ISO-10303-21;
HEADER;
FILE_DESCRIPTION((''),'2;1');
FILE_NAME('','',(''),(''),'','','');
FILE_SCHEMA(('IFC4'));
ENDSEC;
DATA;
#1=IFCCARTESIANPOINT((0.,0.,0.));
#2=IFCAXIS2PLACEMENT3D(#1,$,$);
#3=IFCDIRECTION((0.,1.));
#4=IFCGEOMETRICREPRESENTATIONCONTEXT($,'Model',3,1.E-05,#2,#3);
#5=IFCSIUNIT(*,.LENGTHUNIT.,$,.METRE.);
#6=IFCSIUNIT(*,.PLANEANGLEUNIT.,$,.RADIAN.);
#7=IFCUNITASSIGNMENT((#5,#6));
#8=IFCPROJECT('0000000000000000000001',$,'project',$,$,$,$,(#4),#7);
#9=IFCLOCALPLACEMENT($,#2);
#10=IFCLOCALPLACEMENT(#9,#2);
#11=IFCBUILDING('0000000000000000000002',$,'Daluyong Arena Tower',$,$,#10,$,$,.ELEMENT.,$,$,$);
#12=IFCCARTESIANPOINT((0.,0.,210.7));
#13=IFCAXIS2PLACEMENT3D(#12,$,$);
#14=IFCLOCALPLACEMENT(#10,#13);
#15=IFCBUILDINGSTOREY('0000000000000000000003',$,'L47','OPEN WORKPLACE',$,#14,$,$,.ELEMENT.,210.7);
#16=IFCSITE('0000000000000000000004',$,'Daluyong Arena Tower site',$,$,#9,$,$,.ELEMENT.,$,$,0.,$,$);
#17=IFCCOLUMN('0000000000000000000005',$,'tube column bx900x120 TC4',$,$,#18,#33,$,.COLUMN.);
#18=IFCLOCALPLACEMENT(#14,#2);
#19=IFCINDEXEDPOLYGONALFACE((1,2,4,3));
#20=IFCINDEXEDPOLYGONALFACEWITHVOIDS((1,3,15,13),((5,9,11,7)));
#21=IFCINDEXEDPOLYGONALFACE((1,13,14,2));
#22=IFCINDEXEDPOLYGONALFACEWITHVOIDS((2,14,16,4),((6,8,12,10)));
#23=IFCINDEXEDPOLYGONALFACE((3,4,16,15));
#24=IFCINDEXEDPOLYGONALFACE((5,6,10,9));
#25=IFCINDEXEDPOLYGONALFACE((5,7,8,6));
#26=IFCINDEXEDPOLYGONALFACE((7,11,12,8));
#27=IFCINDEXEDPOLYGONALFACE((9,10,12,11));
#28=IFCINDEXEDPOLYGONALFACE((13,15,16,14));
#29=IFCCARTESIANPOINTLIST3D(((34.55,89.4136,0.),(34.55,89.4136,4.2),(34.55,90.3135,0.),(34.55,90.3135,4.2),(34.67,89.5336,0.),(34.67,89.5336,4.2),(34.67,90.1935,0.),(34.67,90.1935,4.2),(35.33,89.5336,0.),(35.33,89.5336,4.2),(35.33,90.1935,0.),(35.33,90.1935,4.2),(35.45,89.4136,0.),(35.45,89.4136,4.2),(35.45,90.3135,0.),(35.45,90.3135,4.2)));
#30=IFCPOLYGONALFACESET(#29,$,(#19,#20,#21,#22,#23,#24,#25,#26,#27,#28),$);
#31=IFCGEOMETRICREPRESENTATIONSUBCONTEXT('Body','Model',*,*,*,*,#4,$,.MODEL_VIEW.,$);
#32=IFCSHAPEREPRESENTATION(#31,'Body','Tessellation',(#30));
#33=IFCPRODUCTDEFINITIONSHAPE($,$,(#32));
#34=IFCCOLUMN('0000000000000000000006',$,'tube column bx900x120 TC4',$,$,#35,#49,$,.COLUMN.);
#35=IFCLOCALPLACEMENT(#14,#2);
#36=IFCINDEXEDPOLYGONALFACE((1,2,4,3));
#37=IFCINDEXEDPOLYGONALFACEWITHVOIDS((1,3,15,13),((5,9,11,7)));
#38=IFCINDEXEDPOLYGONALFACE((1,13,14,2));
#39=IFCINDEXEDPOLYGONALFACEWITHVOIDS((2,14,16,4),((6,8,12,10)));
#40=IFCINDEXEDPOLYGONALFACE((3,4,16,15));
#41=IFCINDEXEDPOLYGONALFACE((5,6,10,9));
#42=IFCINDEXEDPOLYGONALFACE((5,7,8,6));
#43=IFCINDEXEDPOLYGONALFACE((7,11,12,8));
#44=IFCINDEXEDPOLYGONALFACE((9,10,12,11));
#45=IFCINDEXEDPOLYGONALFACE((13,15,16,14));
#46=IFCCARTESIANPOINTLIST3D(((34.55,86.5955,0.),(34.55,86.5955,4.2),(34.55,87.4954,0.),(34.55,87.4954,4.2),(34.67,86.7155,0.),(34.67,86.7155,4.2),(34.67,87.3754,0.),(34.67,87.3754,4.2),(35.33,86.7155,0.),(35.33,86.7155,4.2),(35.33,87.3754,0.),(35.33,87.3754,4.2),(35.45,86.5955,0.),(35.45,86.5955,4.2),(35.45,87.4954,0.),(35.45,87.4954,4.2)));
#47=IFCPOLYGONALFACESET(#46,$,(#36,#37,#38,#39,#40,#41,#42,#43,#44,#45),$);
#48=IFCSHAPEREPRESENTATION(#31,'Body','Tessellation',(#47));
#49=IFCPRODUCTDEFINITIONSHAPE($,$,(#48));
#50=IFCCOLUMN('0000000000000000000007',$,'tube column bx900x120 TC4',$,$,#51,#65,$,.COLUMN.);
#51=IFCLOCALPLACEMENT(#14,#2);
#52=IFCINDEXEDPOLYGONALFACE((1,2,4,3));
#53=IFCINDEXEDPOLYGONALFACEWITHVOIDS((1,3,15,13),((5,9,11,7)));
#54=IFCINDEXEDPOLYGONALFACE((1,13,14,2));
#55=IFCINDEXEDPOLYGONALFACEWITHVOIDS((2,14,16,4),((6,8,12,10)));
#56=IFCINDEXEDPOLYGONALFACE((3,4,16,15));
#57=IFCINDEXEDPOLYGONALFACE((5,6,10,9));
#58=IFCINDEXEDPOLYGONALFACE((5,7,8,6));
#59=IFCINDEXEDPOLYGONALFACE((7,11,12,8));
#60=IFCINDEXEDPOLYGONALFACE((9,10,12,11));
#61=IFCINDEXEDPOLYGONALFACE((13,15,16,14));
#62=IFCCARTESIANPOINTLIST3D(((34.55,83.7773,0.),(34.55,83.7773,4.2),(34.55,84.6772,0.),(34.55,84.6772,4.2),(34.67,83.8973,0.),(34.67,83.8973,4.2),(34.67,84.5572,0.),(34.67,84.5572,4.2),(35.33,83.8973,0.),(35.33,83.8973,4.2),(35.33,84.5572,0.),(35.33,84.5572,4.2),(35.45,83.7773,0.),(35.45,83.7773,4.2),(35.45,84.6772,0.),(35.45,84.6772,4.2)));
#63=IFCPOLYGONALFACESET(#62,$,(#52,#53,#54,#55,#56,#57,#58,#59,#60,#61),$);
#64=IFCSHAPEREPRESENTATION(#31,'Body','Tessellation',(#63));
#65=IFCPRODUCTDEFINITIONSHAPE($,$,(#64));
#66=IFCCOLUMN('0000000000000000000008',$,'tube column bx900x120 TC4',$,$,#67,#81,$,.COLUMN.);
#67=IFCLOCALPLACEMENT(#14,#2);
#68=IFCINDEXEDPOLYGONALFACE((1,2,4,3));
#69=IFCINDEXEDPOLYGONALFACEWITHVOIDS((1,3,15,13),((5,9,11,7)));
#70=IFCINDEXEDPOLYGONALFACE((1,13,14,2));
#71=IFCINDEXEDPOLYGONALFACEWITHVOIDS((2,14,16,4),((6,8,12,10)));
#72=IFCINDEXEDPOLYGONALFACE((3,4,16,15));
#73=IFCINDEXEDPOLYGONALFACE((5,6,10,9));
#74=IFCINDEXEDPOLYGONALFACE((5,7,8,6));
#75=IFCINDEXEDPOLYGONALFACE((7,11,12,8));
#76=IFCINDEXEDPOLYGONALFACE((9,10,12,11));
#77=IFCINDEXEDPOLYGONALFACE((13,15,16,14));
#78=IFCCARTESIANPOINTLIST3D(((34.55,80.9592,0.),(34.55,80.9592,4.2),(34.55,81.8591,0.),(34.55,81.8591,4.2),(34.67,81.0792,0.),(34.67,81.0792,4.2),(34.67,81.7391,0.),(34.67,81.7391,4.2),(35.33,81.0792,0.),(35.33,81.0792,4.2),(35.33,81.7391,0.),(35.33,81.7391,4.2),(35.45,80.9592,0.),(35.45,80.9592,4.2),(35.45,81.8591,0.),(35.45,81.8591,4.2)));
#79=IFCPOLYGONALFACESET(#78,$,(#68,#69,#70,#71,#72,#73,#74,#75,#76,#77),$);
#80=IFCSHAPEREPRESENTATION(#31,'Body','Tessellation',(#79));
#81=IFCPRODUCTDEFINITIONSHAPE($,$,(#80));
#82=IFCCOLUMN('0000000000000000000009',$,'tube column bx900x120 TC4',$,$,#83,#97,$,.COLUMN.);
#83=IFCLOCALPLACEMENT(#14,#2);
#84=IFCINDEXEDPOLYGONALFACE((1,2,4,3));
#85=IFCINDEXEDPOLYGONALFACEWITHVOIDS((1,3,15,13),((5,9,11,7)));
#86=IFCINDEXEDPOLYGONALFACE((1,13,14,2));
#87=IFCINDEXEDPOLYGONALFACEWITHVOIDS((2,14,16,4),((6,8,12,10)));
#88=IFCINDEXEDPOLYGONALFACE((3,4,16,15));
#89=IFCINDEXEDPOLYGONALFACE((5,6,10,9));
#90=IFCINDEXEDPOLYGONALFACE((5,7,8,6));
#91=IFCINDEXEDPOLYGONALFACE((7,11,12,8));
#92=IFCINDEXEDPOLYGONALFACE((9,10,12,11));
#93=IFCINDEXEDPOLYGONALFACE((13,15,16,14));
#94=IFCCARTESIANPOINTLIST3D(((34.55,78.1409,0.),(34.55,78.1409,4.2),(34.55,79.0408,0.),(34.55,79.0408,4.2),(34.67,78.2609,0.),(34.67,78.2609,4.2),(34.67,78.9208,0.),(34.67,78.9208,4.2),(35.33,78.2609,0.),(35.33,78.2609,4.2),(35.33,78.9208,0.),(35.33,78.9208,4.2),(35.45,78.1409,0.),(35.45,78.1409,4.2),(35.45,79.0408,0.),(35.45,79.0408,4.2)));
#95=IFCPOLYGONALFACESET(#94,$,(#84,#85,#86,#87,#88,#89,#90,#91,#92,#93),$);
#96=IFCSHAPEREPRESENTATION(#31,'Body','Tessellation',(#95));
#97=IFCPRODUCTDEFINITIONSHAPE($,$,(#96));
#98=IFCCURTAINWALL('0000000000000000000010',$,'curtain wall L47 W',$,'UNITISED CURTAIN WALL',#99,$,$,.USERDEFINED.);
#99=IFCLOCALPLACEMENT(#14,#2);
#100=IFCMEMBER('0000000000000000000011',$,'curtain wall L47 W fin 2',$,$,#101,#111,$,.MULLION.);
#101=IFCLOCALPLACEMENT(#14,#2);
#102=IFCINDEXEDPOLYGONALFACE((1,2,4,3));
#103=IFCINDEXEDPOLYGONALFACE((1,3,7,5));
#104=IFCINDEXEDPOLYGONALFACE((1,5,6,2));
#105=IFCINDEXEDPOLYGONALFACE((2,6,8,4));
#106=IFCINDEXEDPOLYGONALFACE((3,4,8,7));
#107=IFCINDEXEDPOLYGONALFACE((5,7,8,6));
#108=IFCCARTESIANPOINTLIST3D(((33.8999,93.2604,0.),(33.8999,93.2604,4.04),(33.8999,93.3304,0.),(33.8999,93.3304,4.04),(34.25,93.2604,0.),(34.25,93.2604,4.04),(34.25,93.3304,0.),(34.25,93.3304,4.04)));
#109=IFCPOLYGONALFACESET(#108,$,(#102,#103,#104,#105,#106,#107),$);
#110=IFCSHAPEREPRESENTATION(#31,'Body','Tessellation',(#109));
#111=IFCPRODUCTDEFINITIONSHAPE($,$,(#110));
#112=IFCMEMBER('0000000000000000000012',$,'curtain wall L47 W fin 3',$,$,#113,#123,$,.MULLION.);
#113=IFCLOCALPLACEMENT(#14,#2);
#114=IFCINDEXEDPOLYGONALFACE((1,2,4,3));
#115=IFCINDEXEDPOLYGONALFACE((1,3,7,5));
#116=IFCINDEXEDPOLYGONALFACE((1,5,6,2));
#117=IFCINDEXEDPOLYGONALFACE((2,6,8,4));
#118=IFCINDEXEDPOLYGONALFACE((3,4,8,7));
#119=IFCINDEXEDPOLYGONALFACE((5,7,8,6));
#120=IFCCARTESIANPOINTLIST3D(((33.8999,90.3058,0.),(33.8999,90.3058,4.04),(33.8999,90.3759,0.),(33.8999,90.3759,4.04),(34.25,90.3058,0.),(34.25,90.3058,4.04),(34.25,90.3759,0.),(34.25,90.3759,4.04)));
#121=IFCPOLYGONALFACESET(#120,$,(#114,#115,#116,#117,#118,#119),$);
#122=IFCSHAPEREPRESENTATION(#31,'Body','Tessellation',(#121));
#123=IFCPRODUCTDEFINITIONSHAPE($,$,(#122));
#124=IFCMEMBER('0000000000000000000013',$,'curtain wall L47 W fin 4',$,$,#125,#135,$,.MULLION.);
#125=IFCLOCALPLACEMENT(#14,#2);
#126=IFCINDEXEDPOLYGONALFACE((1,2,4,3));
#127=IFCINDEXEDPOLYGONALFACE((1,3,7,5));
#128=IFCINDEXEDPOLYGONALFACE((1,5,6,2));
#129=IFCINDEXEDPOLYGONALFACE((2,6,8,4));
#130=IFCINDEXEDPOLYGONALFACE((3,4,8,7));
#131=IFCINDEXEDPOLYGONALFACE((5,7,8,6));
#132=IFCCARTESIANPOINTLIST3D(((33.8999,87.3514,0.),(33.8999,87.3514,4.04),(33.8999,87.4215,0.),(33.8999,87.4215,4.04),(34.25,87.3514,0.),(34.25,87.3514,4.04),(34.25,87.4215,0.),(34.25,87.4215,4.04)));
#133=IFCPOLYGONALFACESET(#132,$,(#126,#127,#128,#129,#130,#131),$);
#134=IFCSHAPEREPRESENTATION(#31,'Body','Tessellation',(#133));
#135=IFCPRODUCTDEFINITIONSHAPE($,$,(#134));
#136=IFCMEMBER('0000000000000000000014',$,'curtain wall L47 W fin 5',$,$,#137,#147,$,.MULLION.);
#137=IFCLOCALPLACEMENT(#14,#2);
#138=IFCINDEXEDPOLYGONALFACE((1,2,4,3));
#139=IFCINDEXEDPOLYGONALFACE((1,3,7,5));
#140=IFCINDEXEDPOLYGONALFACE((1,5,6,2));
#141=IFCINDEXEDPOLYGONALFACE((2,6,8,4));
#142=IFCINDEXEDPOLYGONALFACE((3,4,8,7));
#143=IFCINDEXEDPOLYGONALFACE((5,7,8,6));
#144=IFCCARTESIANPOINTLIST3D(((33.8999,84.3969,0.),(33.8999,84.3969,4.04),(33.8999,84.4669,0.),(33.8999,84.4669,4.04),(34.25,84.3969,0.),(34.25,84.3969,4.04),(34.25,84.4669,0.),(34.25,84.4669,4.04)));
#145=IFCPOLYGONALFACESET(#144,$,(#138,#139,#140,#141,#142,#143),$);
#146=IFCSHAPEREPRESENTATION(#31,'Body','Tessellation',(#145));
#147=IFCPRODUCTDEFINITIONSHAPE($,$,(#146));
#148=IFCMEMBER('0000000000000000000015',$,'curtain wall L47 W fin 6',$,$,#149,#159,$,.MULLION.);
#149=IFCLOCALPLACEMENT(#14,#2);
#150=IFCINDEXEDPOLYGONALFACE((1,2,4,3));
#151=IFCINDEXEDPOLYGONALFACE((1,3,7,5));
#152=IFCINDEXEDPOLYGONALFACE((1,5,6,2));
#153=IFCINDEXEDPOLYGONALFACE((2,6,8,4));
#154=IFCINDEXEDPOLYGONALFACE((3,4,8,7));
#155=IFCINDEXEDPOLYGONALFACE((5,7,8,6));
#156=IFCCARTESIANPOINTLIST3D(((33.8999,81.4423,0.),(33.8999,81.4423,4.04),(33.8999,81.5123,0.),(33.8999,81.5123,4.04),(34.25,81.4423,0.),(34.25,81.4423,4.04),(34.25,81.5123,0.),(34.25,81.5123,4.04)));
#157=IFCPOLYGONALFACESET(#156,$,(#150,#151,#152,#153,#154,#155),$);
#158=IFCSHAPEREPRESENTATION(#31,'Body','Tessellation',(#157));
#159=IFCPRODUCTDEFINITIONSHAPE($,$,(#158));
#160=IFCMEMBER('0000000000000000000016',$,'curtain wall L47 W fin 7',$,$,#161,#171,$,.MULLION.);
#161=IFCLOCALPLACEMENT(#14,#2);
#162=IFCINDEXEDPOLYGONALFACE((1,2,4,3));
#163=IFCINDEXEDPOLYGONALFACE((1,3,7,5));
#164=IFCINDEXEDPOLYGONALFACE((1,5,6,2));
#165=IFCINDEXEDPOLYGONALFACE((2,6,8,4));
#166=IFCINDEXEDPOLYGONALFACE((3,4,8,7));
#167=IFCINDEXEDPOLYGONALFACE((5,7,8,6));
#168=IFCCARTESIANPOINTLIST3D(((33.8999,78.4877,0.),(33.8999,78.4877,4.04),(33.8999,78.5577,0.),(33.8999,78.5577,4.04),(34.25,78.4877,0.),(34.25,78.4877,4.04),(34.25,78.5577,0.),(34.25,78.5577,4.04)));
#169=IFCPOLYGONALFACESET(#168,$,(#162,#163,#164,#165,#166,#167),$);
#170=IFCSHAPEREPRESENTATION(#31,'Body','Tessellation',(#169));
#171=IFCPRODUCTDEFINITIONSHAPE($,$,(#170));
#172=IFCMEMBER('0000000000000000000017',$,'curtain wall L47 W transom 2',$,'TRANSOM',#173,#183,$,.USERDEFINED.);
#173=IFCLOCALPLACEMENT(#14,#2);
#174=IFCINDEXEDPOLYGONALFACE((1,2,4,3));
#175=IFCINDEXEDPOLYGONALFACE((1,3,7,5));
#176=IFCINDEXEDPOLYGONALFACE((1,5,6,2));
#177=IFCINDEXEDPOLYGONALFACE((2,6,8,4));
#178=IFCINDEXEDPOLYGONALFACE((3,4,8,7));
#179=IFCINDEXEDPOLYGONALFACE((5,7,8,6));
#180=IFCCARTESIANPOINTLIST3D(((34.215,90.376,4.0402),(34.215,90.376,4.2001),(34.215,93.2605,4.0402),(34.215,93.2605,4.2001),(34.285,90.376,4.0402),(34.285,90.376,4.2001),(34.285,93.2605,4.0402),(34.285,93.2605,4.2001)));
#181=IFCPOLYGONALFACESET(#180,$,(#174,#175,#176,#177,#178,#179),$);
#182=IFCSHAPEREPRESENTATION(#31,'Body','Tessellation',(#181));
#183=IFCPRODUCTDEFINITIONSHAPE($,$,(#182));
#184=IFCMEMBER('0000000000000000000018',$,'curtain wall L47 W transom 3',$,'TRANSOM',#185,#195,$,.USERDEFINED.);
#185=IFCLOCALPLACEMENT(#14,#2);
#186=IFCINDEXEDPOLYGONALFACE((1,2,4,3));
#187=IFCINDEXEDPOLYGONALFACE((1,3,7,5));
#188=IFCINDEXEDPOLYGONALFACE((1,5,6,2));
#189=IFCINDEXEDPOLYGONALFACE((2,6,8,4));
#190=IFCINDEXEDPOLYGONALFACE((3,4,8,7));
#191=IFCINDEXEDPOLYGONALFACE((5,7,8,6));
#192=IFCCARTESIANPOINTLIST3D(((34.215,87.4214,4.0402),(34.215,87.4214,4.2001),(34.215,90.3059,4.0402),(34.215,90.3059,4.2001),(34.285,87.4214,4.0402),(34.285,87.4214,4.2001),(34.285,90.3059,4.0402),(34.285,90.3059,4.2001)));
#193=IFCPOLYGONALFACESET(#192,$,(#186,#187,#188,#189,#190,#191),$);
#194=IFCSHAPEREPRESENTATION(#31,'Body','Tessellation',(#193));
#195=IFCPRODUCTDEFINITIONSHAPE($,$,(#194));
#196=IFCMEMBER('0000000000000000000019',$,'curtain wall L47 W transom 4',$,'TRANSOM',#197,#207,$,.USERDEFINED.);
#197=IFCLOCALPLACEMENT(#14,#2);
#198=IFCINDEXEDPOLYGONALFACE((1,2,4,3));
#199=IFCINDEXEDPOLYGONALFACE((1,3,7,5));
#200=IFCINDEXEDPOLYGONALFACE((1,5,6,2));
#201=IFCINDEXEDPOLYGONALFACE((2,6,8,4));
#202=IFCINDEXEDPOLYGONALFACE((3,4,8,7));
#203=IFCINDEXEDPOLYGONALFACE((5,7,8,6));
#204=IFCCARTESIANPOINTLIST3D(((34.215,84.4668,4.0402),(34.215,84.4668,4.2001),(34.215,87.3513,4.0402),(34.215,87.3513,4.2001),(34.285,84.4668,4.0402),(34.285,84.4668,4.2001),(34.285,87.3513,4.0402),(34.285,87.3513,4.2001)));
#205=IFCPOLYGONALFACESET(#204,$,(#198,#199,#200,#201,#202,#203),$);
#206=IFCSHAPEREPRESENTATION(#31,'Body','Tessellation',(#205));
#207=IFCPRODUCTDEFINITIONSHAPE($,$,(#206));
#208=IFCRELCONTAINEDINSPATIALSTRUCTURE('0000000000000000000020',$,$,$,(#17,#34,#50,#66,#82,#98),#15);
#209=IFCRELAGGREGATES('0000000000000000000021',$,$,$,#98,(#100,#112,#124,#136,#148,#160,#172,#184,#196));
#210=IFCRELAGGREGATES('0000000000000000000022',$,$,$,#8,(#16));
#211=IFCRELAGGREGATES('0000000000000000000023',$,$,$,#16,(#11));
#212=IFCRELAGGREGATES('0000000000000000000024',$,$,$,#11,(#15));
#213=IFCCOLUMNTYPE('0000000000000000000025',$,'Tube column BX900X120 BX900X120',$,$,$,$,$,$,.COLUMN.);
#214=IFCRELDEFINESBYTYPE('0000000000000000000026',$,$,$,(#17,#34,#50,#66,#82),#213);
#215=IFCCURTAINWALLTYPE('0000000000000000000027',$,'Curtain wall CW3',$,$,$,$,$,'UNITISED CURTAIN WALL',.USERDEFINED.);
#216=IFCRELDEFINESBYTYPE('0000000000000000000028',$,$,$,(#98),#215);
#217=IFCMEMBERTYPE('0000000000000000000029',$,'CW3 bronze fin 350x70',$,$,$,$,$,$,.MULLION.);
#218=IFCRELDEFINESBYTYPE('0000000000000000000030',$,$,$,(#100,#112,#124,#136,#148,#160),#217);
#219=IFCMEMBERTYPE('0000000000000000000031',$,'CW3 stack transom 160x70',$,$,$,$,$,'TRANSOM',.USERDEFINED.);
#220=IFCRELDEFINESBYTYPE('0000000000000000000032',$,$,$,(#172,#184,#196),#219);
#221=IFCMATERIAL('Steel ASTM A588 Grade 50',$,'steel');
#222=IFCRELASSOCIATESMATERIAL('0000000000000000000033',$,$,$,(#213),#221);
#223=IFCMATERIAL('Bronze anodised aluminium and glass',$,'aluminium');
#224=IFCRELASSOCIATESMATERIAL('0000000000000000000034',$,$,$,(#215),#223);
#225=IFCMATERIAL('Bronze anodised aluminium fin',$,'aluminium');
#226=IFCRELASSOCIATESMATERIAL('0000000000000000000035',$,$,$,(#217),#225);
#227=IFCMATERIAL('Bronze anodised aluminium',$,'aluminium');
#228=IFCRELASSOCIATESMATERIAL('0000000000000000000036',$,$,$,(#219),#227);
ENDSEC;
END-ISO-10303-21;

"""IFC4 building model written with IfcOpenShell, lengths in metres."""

from ifc_helpers import new_model, si_unit, direction, frame, origin, origin_2d, place, context, subcontext, project, spatial, rectangle, hollow_rectangle, extrude, material, material_profile, profile_set, type_object, element, aggregate, save


model = new_model("IFC4")

# Units and contexts
model_context = context("Model", 3, precision=1e-05, world=origin(), true_north=direction((0.0, 1.0)))
body_context = subcontext(model_context, "Body", "Model", "MODEL_VIEW")
ifc_project = project(units=[si_unit("LENGTHUNIT", "METRE"), si_unit("PLANEANGLEUNIT", "RADIAN")], contexts=[model_context])

# Site, building, storey
site_placement = place(None, origin())
site = spatial("IfcSite", under=ifc_project, at=site_placement, Name="Daluyong Arena Tower site", CompositionType="ELEMENT", RefElevation=0.0)
building_placement = place(site_placement, origin())
building = spatial("IfcBuilding", under=site, at=building_placement, Name="Daluyong Arena Tower", CompositionType="ELEMENT")
storey_placement = place(building_placement, frame((0.0, 0.0, 210.7)))
storey = spatial("IfcBuildingStorey", under=building, at=storey_placement, Name="L47", Description="OPEN WORKPLACE", CompositionType="ELEMENT", Elevation=210.7)

# Columns
ifc_material_1 = material(Name="Steel ASTM A588 Grade 50", Category="steel")
ifc_material_profile_1 = material_profile(ifc_material_1, hollow_rectangle(XDim=0.8999, YDim=0.8999, WallThickness=0.12, at=origin_2d()))
ifc_profile_set_1 = profile_set([ifc_material_profile_1], Name="Steel ASTM A588 Grade 50")
column_type = type_object("IfcColumnType", Name="Tube column BX900X120 BX900X120", PredefinedType="COLUMN", material=ifc_profile_set_1)
for number, where, z_axis, x_axis, name in (
    (1, (35.0, 89.8635, 0.0), (0.0, 0.0, 1.0), (0.0, 1.0, 0.0), "tube column bx900x120 TC4"),
    (2, (35.0, 87.0454, 0.0), (0.0, 0.0, 1.0), (0.0, 1.0, 0.0), "tube column bx900x120 TC4"),
    (3, (35.0, 84.2273, 0.0), (0.0, 0.0, 1.0), (0.0, 1.0, 0.0), "tube column bx900x120 TC4"),
    (4, (35.0, 81.4092, 0.0), (0.0, 0.0, 1.0), (0.0, 1.0, 0.0), "tube column bx900x120 TC4"),
    (5, (35.0, 78.5908, 0.0), (0.0, 0.0, 1.0), (0.0, 1.0, 0.0), "tube column bx900x120 TC4"),
):
    element("IfcColumn", number, at=place(storey_placement, frame(where, z_axis=z_axis, x_axis=x_axis)), inside=storey, type_object=column_type, Name=name, PredefinedType="COLUMN", context=body_context, shape_type="SweptSolid", body=[
        extrude(hollow_rectangle(XDim=0.8999, YDim=0.8999, WallThickness=0.12, at=origin_2d()), origin(), (0.0, 0.0, 1.0), 4.2),
    ])

# Curtain wall, members
ifc_material_2 = material(Name="Bronze anodised aluminium and glass", Category="aluminium")
curtain_wall_type = type_object("IfcCurtainWallType", Name="Curtain wall CW3", ElementType="UNITISED CURTAIN WALL", PredefinedType="USERDEFINED", material=ifc_material_2)
curtain_wall_placement = place(storey_placement, origin())
curtain_wall = element("IfcCurtainWall", 6, at=curtain_wall_placement, inside=storey, type_object=curtain_wall_type, Name="curtain wall L47 W", ObjectType="UNITISED CURTAIN WALL", PredefinedType="USERDEFINED")
ifc_material_3 = material(Name="Bronze anodised aluminium fin", Category="aluminium")
ifc_material_profile_2 = material_profile(ifc_material_3, rectangle(XDim=0.3501, YDim=0.0701, at=origin_2d()))
ifc_profile_set_2 = profile_set([ifc_material_profile_2], Name="Bronze anodised aluminium fin")
member_type_1 = type_object("IfcMemberType", Name="CW3 bronze fin 350x70", PredefinedType="MULLION", material=ifc_profile_set_2)
member_1_placement = place(storey_placement, frame((34.075, 93.2954, 0.0), z_axis=(0.0, 0.0, 1.0), x_axis=(1.0, 0.0, 0.0)))
member_1 = element("IfcMember", 7, at=member_1_placement, type_object=member_type_1, Name="curtain wall L47 W fin 2", PredefinedType="MULLION", context=body_context, shape_type="SweptSolid", body=[
    extrude(rectangle(XDim=0.3501, YDim=0.0701, at=origin_2d()), origin(), (0.0, 0.0, 1.0), 4.04),
])
member_2_placement = place(storey_placement, frame((34.075, 90.3408, 0.0), z_axis=(0.0, 0.0, 1.0), x_axis=(1.0, 0.0, 0.0)))
member_2 = element("IfcMember", 8, at=member_2_placement, type_object=member_type_1, Name="curtain wall L47 W fin 3", PredefinedType="MULLION", context=body_context, shape_type="SweptSolid", body=[
    extrude(rectangle(XDim=0.3501, YDim=0.0701, at=origin_2d()), origin(), (0.0, 0.0, 1.0), 4.04),
])
member_3_placement = place(storey_placement, frame((34.075, 87.3865, 0.0), z_axis=(0.0, 0.0, 1.0), x_axis=(1.0, 0.0, 0.0)))
member_3 = element("IfcMember", 9, at=member_3_placement, type_object=member_type_1, Name="curtain wall L47 W fin 4", PredefinedType="MULLION", context=body_context, shape_type="SweptSolid", body=[
    extrude(rectangle(XDim=0.3501, YDim=0.0701, at=origin_2d()), origin(), (0.0, 0.0, 1.0), 4.04),
])
member_4_placement = place(storey_placement, frame((34.075, 84.4319, 0.0), z_axis=(0.0, 0.0, 1.0), x_axis=(1.0, 0.0, 0.0)))
member_4 = element("IfcMember", 10, at=member_4_placement, type_object=member_type_1, Name="curtain wall L47 W fin 5", PredefinedType="MULLION", context=body_context, shape_type="SweptSolid", body=[
    extrude(rectangle(XDim=0.3501, YDim=0.0701, at=origin_2d()), origin(), (0.0, 0.0, 1.0), 4.04),
])
member_5_placement = place(storey_placement, frame((34.075, 81.4773, 0.0), z_axis=(0.0, 0.0, 1.0), x_axis=(1.0, 0.0, 0.0)))
member_5 = element("IfcMember", 11, at=member_5_placement, type_object=member_type_1, Name="curtain wall L47 W fin 6", PredefinedType="MULLION", context=body_context, shape_type="SweptSolid", body=[
    extrude(rectangle(XDim=0.3501, YDim=0.0701, at=origin_2d()), origin(), (0.0, 0.0, 1.0), 4.04),
])
member_6_placement = place(storey_placement, frame((34.075, 78.5227, 0.0), z_axis=(0.0, 0.0, 1.0), x_axis=(1.0, 0.0, 0.0)))
member_6 = element("IfcMember", 12, at=member_6_placement, type_object=member_type_1, Name="curtain wall L47 W fin 7", PredefinedType="MULLION", context=body_context, shape_type="SweptSolid", body=[
    extrude(rectangle(XDim=0.3501, YDim=0.0701, at=origin_2d()), origin(), (0.0, 0.0, 1.0), 4.04),
])
ifc_material_4 = material(Name="Bronze anodised aluminium", Category="aluminium")
ifc_material_profile_3 = material_profile(ifc_material_4, rectangle(XDim=0.0701, YDim=0.1599, at=origin_2d()))
ifc_profile_set_3 = profile_set([ifc_material_profile_3], Name="Bronze anodised aluminium")
member_type_2 = type_object("IfcMemberType", Name="CW3 stack transom 160x70", ElementType="TRANSOM", PredefinedType="USERDEFINED", material=ifc_profile_set_3)
member_7_placement = place(storey_placement, frame((34.25, 93.2605, 4.1201), z_axis=(0.0, -1.0, 0.0), x_axis=(1.0, 0.0, 0.0)))
member_7 = element("IfcMember", 13, at=member_7_placement, type_object=member_type_2, Name="curtain wall L47 W transom 2", ObjectType="TRANSOM", PredefinedType="USERDEFINED", context=body_context, shape_type="SweptSolid", body=[
    extrude(rectangle(XDim=0.0701, YDim=0.1599, at=origin_2d()), origin(), (0.0, 0.0, 1.0), 2.8845),
])
member_8_placement = place(storey_placement, frame((34.25, 90.3059, 4.1201), z_axis=(0.0, -1.0, 0.0), x_axis=(1.0, 0.0, 0.0)))
member_8 = element("IfcMember", 14, at=member_8_placement, type_object=member_type_2, Name="curtain wall L47 W transom 3", ObjectType="TRANSOM", PredefinedType="USERDEFINED", context=body_context, shape_type="SweptSolid", body=[
    extrude(rectangle(XDim=0.0701, YDim=0.1599, at=origin_2d()), origin(), (0.0, 0.0, 1.0), 2.8845),
])
member_9_placement = place(storey_placement, frame((34.25, 87.3513, 4.1201), z_axis=(0.0, -1.0, 0.0), x_axis=(1.0, 0.0, 0.0)))
member_9 = element("IfcMember", 15, at=member_9_placement, type_object=member_type_2, Name="curtain wall L47 W transom 4", ObjectType="TRANSOM", PredefinedType="USERDEFINED", context=body_context, shape_type="SweptSolid", body=[
    extrude(rectangle(XDim=0.0701, YDim=0.1599, at=origin_2d()), origin(), (0.0, 0.0, 1.0), 2.8845),
])

aggregate(curtain_wall, [member_1, member_2, member_3, member_4, member_5, member_6, member_7, member_8, member_9])

save(model, "model.ifc")
